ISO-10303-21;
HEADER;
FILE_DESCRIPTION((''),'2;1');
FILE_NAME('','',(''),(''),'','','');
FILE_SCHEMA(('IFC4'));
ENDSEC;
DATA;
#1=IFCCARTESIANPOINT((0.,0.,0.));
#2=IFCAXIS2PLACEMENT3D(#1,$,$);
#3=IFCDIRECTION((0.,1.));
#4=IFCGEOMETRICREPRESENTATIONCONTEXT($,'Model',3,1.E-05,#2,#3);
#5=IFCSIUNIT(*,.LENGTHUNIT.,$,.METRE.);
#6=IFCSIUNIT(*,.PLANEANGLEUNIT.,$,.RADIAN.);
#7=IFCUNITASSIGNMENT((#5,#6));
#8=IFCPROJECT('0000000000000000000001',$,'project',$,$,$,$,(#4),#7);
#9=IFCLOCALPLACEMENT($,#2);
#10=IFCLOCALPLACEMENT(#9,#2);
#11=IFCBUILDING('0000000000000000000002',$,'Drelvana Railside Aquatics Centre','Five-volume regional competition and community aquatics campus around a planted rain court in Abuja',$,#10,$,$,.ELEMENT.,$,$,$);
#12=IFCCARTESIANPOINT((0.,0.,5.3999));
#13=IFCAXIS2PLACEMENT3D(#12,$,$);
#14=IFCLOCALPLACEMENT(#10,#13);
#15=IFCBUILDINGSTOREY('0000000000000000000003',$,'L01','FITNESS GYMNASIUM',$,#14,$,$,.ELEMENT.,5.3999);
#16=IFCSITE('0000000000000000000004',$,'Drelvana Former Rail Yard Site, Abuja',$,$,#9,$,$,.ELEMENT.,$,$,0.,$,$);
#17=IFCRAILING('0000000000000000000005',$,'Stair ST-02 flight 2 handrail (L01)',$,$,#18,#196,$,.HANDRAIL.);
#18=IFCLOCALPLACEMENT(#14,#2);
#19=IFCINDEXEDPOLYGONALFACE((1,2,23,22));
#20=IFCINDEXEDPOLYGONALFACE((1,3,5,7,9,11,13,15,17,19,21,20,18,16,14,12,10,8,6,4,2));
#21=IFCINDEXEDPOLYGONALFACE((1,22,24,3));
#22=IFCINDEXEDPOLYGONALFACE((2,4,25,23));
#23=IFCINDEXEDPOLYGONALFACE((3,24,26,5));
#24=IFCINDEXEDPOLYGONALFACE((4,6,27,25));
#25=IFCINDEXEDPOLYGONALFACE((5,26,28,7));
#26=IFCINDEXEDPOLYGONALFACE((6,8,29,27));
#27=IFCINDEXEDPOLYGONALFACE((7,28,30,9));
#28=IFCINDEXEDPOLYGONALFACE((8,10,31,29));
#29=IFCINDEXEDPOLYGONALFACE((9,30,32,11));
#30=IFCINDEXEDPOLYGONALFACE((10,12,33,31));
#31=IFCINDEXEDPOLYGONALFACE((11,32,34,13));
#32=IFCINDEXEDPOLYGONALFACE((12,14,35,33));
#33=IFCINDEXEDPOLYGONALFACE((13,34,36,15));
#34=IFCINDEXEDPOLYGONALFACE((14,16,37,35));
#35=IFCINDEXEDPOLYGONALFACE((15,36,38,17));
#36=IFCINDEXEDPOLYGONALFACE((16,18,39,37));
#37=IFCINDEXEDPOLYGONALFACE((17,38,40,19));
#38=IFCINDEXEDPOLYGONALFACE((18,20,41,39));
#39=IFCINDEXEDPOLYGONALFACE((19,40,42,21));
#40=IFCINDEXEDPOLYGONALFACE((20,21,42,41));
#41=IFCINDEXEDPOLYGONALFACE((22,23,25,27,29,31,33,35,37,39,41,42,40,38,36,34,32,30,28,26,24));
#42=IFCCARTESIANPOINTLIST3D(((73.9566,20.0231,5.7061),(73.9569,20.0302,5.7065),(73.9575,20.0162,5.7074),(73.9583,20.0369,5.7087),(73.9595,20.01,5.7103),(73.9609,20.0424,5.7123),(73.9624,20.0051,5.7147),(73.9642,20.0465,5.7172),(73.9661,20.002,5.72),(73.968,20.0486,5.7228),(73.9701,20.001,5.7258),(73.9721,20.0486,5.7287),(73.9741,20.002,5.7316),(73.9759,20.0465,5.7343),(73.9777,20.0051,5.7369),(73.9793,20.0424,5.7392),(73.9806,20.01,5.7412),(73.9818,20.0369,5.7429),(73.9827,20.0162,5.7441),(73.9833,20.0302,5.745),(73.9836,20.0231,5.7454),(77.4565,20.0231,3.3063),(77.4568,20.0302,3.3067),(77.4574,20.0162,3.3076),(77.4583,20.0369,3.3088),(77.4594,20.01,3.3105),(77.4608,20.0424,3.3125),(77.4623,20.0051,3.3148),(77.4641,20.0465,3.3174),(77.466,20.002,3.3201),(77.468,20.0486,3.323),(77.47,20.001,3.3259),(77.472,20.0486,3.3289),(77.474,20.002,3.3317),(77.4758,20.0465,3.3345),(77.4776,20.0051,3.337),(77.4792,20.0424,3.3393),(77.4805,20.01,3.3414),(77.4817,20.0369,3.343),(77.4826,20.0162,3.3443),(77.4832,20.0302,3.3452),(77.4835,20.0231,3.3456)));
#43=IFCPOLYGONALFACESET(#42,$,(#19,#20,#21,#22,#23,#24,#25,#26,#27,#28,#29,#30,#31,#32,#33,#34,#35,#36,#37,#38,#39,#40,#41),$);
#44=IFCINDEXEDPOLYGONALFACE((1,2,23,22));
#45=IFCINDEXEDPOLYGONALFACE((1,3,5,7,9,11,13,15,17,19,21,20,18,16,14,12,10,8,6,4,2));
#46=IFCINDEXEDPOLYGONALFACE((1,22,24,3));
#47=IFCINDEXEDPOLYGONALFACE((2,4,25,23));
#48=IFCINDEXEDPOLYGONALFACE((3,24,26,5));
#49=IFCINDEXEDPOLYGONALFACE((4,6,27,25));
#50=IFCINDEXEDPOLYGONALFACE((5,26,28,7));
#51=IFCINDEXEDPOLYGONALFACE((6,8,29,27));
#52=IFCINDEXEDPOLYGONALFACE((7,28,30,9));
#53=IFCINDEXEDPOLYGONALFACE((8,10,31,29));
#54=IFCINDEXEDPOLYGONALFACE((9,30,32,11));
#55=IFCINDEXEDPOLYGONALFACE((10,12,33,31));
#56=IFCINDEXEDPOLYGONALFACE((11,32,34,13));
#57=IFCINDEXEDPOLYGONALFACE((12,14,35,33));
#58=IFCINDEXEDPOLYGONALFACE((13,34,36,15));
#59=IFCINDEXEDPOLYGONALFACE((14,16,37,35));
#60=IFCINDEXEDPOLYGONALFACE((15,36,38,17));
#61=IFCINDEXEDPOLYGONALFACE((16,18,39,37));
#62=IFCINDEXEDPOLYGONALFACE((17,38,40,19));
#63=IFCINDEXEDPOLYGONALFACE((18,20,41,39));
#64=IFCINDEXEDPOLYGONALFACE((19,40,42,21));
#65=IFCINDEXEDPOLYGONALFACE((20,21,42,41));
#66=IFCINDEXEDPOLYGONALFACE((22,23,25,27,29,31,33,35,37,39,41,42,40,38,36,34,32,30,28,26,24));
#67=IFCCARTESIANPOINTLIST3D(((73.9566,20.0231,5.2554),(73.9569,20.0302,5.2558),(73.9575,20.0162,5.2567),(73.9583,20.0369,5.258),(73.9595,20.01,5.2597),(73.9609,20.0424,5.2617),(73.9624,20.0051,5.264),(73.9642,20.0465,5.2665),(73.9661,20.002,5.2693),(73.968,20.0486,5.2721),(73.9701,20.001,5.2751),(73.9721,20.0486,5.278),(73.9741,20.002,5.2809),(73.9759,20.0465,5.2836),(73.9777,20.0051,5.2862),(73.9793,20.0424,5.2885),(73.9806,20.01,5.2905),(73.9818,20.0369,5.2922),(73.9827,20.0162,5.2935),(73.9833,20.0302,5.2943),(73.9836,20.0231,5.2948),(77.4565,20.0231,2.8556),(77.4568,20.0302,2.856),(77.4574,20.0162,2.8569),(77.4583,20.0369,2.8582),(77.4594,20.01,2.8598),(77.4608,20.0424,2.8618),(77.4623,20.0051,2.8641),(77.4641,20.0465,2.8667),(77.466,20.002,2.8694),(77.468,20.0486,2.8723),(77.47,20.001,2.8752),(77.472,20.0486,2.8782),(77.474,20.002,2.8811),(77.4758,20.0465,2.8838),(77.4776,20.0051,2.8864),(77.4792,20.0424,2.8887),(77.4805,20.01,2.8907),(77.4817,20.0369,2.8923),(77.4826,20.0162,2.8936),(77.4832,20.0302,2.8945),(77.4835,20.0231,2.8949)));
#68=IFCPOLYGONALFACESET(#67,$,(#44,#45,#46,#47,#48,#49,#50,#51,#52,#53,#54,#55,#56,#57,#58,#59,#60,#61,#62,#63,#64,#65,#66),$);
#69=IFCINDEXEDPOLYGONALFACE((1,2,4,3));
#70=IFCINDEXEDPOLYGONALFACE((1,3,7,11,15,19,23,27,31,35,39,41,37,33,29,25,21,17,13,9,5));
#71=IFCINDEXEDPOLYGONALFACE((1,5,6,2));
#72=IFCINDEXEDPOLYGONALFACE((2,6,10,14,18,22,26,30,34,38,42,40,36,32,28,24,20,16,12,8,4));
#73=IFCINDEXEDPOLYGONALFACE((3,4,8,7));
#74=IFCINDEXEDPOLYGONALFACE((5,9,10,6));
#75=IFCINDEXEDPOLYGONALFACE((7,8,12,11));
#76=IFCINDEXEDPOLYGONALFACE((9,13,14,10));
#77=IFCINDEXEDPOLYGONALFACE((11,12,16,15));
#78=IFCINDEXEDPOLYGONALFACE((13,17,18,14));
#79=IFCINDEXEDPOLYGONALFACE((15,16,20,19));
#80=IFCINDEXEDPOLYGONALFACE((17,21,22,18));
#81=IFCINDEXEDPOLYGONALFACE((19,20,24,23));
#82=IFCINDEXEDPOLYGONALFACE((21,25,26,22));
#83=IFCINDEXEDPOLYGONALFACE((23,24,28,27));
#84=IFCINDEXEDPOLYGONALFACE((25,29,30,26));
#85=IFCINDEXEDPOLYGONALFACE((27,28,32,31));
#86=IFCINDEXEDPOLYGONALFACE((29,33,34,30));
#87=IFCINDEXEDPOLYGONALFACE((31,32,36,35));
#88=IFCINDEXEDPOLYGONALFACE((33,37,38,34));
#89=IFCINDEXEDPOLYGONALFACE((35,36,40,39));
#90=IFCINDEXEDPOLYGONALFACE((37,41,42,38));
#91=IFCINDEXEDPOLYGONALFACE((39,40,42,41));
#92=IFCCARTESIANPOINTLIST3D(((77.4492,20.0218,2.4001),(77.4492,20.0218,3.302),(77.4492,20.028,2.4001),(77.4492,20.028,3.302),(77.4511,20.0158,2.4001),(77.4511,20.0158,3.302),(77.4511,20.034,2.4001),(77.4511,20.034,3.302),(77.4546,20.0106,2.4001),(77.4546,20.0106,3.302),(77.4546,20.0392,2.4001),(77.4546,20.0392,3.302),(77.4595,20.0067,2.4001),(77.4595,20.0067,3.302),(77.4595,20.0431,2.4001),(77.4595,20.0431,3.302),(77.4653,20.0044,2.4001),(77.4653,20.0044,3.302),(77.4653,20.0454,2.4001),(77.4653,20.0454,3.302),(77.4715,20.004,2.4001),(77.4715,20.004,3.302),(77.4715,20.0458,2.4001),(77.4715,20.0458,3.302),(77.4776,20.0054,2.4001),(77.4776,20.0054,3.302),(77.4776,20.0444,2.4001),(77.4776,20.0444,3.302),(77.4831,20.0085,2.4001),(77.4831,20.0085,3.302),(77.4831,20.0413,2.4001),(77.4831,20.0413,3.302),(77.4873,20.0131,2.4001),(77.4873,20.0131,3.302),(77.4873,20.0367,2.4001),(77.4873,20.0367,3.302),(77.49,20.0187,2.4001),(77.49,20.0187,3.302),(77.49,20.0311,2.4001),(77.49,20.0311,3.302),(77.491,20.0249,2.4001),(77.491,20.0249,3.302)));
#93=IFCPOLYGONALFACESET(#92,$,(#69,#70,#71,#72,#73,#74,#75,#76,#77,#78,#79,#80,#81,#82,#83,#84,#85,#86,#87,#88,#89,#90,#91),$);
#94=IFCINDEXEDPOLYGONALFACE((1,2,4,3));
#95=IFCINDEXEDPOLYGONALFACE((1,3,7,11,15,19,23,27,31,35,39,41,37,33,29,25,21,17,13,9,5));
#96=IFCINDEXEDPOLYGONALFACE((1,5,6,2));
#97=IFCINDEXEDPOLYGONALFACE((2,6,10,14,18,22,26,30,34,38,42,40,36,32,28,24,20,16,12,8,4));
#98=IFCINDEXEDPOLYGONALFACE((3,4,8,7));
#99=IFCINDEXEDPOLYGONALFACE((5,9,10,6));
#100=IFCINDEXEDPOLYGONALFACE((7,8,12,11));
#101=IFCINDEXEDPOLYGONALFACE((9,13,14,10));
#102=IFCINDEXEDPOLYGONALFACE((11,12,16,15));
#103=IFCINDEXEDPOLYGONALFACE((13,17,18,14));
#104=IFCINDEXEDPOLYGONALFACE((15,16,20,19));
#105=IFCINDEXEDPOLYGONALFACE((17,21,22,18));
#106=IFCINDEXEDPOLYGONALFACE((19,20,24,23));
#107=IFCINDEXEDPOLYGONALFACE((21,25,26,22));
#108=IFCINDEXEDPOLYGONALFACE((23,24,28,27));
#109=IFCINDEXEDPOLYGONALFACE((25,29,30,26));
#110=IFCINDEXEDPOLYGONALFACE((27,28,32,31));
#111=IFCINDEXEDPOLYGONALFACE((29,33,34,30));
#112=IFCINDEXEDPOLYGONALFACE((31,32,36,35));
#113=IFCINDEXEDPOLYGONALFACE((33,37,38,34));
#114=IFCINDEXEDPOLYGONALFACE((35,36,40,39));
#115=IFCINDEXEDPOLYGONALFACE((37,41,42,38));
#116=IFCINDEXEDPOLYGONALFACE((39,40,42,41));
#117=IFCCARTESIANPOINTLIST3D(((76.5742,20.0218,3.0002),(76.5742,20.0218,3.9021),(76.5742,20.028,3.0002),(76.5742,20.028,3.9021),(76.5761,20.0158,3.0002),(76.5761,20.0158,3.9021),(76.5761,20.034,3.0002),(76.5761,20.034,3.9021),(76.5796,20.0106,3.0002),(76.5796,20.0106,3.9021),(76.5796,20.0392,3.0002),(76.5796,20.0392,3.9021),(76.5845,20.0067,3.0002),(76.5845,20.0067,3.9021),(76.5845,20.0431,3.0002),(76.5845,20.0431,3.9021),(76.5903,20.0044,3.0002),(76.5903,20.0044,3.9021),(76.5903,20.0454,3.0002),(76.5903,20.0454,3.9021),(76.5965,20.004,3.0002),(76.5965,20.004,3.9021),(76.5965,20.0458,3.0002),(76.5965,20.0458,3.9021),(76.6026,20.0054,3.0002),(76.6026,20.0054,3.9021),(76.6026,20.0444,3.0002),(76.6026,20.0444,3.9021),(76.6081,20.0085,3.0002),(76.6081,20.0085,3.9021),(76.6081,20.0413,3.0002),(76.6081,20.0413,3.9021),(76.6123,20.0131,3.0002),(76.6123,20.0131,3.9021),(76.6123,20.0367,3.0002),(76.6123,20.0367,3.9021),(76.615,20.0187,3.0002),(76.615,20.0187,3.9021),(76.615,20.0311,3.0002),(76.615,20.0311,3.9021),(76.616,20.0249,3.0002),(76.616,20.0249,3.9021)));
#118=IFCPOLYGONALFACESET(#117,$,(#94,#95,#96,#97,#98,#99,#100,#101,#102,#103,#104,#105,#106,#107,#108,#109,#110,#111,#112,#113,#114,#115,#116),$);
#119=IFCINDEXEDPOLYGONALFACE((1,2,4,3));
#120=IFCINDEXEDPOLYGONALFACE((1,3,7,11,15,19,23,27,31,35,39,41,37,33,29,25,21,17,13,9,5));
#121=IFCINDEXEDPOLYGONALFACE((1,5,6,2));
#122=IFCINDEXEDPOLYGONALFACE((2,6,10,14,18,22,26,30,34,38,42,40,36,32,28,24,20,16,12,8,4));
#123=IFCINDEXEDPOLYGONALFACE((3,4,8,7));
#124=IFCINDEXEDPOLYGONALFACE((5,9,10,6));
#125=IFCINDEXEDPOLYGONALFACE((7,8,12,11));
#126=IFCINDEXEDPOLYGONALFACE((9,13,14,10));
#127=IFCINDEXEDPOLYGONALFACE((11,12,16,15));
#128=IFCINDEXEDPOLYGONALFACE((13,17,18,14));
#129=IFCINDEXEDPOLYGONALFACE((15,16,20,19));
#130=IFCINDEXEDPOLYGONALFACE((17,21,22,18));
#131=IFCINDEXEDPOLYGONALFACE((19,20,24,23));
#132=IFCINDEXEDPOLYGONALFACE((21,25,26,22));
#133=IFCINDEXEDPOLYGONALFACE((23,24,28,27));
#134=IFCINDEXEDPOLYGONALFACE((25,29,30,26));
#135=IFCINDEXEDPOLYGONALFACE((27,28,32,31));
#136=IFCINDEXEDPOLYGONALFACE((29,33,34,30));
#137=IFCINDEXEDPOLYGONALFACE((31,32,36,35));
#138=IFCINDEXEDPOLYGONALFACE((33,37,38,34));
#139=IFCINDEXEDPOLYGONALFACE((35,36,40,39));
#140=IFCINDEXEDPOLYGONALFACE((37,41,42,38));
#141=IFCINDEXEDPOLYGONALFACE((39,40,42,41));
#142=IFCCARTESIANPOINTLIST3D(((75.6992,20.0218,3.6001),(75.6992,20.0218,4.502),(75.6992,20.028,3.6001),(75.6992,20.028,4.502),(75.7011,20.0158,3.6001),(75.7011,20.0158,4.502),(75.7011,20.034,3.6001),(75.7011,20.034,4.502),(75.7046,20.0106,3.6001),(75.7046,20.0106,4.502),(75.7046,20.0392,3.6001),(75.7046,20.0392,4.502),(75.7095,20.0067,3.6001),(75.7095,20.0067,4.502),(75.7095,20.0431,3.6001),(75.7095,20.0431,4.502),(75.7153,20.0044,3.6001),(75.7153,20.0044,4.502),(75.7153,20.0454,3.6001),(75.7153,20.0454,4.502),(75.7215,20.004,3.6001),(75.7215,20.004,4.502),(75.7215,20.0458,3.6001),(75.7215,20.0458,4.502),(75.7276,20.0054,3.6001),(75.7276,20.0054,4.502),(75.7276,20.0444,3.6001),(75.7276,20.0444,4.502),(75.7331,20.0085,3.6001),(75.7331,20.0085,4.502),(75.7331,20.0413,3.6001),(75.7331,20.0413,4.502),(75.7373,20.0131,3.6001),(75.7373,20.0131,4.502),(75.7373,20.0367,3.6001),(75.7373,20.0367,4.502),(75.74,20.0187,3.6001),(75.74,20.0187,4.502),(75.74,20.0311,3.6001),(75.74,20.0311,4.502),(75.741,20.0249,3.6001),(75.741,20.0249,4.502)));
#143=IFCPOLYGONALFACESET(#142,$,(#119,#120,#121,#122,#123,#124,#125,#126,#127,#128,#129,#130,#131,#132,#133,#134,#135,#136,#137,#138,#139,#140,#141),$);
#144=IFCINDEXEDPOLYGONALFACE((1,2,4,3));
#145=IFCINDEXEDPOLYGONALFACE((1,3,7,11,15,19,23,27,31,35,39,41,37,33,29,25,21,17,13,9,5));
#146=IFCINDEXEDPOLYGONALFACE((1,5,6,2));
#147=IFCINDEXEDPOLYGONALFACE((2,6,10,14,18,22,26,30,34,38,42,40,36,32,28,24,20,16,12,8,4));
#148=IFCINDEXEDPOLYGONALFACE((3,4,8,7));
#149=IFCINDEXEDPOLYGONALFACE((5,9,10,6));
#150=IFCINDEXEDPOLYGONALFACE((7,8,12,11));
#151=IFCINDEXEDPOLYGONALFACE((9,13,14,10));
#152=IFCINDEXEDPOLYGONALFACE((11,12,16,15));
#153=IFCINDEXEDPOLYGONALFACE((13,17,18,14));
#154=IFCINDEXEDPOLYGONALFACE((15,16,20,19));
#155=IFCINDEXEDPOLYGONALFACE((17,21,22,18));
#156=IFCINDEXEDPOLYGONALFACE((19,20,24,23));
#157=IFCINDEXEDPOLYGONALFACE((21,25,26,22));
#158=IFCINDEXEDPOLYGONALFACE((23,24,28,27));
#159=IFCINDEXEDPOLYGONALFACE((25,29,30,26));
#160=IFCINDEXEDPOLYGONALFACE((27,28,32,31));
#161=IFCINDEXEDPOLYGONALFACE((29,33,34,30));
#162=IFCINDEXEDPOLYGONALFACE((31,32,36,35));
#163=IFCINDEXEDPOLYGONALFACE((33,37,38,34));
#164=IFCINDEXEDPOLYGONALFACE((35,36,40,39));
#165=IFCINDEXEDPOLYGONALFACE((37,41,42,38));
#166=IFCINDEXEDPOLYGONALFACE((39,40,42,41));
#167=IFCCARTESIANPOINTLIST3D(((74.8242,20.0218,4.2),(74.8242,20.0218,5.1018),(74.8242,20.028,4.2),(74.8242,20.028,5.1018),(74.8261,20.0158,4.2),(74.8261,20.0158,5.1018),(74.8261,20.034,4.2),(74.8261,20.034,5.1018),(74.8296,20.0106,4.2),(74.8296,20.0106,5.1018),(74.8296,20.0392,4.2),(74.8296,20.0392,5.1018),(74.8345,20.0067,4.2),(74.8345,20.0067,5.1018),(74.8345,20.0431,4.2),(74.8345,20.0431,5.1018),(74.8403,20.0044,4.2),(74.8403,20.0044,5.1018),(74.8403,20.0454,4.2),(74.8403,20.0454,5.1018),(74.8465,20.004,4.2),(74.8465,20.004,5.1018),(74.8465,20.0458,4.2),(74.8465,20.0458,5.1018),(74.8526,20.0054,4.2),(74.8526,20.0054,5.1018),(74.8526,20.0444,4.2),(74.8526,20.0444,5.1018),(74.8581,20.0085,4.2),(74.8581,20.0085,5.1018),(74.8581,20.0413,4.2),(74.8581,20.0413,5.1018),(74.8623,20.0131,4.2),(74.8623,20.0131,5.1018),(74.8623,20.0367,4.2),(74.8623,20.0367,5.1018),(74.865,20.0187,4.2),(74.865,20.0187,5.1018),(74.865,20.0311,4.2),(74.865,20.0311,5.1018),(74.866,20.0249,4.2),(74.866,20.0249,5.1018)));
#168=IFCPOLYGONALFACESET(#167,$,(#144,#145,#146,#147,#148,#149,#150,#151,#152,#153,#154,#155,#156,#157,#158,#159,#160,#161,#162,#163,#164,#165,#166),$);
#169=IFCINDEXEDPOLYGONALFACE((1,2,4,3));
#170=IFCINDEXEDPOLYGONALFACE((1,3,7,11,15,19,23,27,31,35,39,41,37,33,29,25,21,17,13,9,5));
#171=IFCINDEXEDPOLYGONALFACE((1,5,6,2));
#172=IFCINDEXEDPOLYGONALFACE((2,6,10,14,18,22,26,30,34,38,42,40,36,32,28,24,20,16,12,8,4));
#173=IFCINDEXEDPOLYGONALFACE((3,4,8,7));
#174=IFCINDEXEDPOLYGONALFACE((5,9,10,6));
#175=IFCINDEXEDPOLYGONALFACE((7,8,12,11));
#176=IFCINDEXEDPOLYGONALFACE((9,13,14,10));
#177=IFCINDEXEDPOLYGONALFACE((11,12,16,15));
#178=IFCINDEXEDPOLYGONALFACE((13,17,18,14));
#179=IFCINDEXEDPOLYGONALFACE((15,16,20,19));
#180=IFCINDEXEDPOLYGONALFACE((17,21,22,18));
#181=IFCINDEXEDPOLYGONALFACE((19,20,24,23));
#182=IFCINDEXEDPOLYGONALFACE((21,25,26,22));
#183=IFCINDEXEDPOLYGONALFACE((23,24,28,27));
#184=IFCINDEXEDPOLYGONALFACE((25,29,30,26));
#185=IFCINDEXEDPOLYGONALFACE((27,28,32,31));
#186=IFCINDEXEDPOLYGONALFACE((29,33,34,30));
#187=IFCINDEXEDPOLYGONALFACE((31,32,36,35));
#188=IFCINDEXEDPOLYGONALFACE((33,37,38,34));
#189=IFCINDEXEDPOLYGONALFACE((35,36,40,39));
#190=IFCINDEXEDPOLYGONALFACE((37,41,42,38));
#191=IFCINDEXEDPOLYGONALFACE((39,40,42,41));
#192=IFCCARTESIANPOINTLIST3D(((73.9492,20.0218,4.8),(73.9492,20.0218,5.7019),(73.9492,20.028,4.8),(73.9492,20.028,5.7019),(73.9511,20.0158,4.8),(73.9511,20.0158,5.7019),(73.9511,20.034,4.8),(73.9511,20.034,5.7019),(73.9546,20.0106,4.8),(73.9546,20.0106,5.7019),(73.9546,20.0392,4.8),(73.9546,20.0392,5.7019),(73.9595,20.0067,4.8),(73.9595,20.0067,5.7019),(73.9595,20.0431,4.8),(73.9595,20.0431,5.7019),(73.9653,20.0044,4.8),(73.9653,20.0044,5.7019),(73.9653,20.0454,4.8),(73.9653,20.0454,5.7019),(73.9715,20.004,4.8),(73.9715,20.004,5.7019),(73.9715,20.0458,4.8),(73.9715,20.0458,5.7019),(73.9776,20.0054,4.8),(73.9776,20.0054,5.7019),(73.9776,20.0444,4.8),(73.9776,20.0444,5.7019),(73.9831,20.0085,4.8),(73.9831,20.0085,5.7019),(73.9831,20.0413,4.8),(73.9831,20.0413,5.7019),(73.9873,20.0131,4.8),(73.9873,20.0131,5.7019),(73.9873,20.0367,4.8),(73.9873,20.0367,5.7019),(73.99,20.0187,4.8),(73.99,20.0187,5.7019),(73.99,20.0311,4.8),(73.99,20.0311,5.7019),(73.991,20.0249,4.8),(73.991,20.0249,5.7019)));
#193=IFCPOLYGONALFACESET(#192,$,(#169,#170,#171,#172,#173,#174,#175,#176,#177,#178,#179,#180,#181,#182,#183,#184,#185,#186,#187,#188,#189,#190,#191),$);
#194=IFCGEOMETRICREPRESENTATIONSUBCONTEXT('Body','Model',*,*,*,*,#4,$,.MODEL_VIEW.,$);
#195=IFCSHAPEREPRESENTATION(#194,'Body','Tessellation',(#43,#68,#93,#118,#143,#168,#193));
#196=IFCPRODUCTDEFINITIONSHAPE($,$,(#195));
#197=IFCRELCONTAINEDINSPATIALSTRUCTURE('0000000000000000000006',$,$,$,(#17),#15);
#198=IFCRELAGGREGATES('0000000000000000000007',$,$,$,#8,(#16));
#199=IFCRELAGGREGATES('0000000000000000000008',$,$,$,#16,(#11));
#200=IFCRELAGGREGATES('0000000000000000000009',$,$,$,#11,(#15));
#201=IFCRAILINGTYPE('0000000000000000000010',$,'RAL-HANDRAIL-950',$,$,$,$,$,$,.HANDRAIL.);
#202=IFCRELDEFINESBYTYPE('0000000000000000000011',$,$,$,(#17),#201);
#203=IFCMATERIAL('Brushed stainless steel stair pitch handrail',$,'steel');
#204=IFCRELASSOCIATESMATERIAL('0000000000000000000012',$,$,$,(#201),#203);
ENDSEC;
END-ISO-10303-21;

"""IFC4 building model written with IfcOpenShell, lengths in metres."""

from ifc_helpers import new_model, si_unit, direction, frame, origin, origin_2d, place, context, subcontext, project, spatial, circle, extrude, material, type_object, element, save


model = new_model("IFC4")

# Units and contexts
model_context = context("Model", 3, precision=1e-05, world=origin(), true_north=direction((0.0, 1.0)))
body_context = subcontext(model_context, "Body", "Model", "MODEL_VIEW")
ifc_project = project(units=[si_unit("LENGTHUNIT", "METRE"), si_unit("PLANEANGLEUNIT", "RADIAN")], contexts=[model_context])

# Site, building, storey
site_placement = place(None, origin())
site = spatial("IfcSite", under=ifc_project, at=site_placement, Name="Drelvana Former Rail Yard Site, Abuja", CompositionType="ELEMENT", RefElevation=0.0)
building_placement = place(site_placement, origin())
building = spatial("IfcBuilding", under=site, at=building_placement, Name="Drelvana Railside Aquatics Centre", Description="Five-volume regional competition and community aquatics campus around a planted rain court in Abuja", CompositionType="ELEMENT")
storey_placement = place(building_placement, frame((0.0, 0.0, 5.3999)))
storey = spatial("IfcBuildingStorey", under=building, at=storey_placement, Name="L01", Description="FITNESS GYMNASIUM", CompositionType="ELEMENT", Elevation=5.3999)

# Railing
ifc_material_1 = material(Name="Brushed stainless steel stair pitch handrail", Category="steel")
railing_type_1 = type_object("IfcRailingType", Name="RAL-HANDRAIL-950", PredefinedType="HANDRAIL", material=ifc_material_1)
railing_1_placement = place(storey_placement, frame((77.47, 20.0249, 2.4001)))
element("IfcRailing", 1, at=railing_1_placement, inside=storey, type_object=railing_type_1, Name="Stair ST-02 flight 2 handrail (L01)", PredefinedType="HANDRAIL", context=body_context, shape_type="SweptSolid", body=[
    extrude(circle(Radius=0.0239, at=origin_2d()), frame((0.0, 0.0, 0.9258), z_axis=(-0.82474, 0.0, 0.565513), x_axis=(0.0, -1.0, 0.0)), (0.0, 0.0, 1.0), 4.2437),
    extrude(circle(Radius=0.0239, at=origin_2d()), frame((0.0, 0.0, 0.4751), z_axis=(-0.82474, 0.0, 0.565513), x_axis=(0.0, -1.0, 0.0)), (0.0, 0.0, 1.0), 4.2437),
    extrude(circle(Radius=0.021, at=origin_2d()), origin(), (0.0, 0.0, 1.0), 0.9019),
    extrude(circle(Radius=0.021, at=origin_2d()), frame((-0.875, 0.0, 0.6001)), (0.0, 0.0, 1.0), 0.9019),
    extrude(circle(Radius=0.021, at=origin_2d()), frame((-1.75, 0.0, 1.2)), (0.0, 0.0, 1.0), 0.9019),
    extrude(circle(Radius=0.021, at=origin_2d()), frame((-2.625, 0.0, 1.7998)), (0.0, 0.0, 1.0), 0.9019),
    extrude(circle(Radius=0.021, at=origin_2d()), frame((-3.5, 0.0, 2.3999)), (0.0, 0.0, 1.0), 0.9019),
])

save(model, "model.ifc")
